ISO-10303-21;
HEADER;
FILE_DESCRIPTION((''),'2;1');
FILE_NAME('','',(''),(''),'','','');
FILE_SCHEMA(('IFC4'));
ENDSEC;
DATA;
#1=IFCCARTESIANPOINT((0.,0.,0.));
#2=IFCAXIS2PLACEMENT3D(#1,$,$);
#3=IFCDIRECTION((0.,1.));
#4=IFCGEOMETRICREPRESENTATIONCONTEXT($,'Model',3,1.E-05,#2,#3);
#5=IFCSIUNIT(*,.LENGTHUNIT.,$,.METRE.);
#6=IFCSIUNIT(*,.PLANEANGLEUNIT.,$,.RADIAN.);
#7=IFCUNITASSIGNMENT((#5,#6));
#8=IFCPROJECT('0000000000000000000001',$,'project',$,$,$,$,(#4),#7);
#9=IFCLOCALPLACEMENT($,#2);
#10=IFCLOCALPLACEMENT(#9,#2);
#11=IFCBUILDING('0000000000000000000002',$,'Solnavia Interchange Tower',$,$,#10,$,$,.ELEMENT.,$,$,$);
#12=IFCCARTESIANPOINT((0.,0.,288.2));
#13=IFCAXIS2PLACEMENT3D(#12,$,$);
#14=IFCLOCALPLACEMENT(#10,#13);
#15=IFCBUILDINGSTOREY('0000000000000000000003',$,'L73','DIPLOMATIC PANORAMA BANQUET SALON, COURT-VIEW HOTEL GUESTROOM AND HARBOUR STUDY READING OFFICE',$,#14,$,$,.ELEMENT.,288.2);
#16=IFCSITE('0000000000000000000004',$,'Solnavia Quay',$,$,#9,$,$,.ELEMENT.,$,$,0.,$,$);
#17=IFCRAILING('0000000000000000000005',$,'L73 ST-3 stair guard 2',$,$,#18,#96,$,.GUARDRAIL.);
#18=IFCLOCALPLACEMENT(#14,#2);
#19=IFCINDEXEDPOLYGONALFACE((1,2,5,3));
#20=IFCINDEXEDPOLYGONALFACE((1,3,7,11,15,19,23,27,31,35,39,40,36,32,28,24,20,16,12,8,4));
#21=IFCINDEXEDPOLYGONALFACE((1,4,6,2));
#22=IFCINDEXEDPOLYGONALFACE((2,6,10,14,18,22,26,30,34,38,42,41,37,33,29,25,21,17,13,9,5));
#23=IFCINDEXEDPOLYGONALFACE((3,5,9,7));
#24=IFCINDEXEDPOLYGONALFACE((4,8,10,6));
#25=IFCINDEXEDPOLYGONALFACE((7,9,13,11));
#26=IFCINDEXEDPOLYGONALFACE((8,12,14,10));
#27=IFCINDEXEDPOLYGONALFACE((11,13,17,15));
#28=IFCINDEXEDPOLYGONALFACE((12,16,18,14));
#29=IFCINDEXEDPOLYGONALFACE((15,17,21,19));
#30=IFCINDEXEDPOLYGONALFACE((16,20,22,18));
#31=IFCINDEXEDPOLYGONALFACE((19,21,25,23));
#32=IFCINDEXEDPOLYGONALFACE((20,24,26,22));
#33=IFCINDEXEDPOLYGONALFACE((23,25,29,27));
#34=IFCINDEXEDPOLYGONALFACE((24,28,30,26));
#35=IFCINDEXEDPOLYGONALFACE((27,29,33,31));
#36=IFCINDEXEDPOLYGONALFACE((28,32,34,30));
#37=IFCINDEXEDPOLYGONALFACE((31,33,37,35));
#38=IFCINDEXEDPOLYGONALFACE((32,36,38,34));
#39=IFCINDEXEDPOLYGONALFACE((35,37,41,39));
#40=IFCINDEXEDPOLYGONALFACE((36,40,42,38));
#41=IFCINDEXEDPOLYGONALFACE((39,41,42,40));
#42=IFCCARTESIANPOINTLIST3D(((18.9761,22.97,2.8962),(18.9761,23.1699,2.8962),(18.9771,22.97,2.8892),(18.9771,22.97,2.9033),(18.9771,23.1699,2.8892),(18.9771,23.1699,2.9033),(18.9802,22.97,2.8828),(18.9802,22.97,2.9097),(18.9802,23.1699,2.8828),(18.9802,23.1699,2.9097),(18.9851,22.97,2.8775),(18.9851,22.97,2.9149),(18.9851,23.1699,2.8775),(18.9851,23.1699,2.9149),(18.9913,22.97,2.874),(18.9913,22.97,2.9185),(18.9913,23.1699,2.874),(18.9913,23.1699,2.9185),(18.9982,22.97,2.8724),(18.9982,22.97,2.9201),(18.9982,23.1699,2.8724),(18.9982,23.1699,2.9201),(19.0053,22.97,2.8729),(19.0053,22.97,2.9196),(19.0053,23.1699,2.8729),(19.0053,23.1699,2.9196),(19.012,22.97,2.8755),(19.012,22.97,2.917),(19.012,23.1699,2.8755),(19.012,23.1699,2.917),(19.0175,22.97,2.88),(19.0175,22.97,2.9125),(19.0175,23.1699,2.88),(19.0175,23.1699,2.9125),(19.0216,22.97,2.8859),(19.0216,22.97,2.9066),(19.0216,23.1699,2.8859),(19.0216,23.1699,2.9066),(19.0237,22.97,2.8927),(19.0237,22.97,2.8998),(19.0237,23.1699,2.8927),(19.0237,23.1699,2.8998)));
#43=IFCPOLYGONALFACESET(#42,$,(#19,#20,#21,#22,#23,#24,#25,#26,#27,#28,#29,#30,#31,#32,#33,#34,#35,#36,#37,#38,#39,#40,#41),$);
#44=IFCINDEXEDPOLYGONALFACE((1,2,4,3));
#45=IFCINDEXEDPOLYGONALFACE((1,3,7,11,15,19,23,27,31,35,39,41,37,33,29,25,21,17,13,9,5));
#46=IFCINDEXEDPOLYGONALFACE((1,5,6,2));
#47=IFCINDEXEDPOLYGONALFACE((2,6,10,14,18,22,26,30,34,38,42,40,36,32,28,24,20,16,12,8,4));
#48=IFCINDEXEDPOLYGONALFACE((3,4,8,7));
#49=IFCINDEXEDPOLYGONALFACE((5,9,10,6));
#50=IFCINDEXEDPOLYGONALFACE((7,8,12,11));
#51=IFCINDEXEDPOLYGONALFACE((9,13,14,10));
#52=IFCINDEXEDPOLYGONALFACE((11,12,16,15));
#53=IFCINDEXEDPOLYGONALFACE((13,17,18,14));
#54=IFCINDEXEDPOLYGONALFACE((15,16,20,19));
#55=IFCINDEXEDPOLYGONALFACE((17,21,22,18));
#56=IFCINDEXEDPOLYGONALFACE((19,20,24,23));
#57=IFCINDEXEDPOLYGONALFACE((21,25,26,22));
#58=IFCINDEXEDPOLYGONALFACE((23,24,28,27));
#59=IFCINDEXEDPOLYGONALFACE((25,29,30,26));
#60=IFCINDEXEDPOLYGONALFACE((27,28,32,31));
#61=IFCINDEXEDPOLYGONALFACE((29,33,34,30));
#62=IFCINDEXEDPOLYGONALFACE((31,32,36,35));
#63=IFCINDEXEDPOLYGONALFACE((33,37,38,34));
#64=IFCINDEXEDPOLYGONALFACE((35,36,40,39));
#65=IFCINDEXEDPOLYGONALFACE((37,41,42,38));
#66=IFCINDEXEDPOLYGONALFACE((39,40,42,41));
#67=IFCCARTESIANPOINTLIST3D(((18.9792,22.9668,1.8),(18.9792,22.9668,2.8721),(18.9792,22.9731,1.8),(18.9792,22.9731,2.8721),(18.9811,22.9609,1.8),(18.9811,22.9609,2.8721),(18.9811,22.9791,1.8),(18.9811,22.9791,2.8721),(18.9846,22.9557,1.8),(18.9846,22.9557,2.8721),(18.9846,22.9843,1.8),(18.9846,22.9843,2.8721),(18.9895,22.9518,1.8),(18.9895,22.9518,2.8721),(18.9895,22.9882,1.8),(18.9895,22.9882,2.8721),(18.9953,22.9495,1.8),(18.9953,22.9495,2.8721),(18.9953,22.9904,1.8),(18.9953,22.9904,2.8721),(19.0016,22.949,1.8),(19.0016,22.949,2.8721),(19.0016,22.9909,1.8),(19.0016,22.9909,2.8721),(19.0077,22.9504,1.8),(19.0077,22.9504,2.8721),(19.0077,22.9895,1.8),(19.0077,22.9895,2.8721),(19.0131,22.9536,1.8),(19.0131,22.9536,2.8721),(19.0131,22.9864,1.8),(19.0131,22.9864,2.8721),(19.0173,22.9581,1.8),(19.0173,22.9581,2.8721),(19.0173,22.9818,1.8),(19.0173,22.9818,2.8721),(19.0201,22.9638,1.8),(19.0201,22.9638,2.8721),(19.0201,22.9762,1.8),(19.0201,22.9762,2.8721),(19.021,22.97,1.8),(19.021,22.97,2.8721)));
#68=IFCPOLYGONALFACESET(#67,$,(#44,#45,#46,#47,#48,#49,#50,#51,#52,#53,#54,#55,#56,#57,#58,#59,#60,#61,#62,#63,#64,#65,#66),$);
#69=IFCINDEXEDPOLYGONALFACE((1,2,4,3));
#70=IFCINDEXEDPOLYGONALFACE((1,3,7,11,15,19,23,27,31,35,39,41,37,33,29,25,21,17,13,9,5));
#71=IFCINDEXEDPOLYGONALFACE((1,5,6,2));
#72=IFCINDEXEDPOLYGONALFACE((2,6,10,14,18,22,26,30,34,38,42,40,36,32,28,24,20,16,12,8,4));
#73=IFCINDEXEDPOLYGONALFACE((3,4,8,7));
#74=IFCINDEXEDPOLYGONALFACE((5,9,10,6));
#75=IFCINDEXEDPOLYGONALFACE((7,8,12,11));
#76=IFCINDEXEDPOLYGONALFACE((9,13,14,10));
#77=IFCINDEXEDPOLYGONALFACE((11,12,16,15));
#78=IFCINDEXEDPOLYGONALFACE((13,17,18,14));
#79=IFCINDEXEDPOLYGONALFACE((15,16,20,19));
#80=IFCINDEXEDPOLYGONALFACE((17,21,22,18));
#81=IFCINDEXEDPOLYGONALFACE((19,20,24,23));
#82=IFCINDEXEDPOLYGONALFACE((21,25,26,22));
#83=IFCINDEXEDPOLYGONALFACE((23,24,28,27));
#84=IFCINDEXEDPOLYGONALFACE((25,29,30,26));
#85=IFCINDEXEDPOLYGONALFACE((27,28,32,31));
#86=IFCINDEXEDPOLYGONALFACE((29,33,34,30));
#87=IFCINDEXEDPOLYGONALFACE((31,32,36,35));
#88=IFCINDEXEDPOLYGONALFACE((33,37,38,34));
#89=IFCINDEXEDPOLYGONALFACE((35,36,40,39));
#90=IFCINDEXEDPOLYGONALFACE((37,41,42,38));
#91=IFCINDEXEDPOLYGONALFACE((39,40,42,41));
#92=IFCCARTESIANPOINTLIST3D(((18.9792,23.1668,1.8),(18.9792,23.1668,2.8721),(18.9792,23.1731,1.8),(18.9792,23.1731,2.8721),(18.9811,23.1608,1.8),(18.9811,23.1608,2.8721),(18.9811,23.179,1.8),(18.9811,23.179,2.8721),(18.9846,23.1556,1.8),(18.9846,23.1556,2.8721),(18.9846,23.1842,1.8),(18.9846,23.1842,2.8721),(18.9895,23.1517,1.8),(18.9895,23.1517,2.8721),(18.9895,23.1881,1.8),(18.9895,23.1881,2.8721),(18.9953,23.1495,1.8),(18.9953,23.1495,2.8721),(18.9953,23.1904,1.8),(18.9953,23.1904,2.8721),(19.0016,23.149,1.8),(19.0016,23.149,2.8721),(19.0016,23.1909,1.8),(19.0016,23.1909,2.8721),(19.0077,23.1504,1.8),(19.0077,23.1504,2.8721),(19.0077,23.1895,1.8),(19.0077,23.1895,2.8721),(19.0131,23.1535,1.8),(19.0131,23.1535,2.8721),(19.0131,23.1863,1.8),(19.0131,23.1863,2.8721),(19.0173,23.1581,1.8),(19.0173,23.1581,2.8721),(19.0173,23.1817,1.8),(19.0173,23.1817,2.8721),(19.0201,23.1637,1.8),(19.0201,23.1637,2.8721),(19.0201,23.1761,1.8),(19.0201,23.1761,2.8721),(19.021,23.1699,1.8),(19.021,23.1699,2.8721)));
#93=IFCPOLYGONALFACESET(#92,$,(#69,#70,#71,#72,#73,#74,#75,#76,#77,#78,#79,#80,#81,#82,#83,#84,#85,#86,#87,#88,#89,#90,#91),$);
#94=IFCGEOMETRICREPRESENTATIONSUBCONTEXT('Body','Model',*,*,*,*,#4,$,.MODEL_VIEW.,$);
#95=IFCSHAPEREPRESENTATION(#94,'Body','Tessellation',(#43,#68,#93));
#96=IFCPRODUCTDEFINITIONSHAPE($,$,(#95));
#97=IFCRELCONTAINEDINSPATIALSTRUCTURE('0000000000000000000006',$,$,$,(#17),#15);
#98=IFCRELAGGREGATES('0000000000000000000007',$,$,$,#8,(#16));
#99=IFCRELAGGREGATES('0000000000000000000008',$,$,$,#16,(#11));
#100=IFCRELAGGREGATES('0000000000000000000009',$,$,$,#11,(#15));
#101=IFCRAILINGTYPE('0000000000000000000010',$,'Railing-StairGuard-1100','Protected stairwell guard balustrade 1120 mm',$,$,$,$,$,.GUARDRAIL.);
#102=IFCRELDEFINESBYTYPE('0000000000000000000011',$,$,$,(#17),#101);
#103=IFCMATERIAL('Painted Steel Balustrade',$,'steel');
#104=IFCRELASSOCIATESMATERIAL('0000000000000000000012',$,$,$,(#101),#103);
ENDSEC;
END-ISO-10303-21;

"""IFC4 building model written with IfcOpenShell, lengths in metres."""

from ifc_helpers import new_model, si_unit, direction, frame, origin, origin_2d, place, context, subcontext, project, spatial, circle, extrude, material, type_object, element, save


model = new_model("IFC4")

# Units and contexts
model_context = context("Model", 3, precision=1e-05, world=origin(), true_north=direction((0.0, 1.0)))
body_context = subcontext(model_context, "Body", "Model", "MODEL_VIEW")
ifc_project = project(units=[si_unit("LENGTHUNIT", "METRE"), si_unit("PLANEANGLEUNIT", "RADIAN")], contexts=[model_context])

# Site, building, storey
site_placement = place(None, origin())
site = spatial("IfcSite", under=ifc_project, at=site_placement, Name="Solnavia Quay", CompositionType="ELEMENT", RefElevation=0.0)
building_placement = place(site_placement, origin())
building = spatial("IfcBuilding", under=site, at=building_placement, Name="Solnavia Interchange Tower", CompositionType="ELEMENT")
storey_placement = place(building_placement, frame((0.0, 0.0, 288.2)))
storey = spatial("IfcBuildingStorey", under=building, at=storey_placement, Name="L73", Description="DIPLOMATIC PANORAMA BANQUET SALON, COURT-VIEW HOTEL GUESTROOM AND HARBOUR STUDY READING OFFICE", CompositionType="ELEMENT", Elevation=288.2)

# Railing
ifc_material_1 = material(Name="Painted Steel Balustrade", Category="steel")
railing_type_1 = type_object("IfcRailingType", Name="Railing-StairGuard-1100", Description="Protected stairwell guard balustrade 1120 mm", PredefinedType="GUARDRAIL", material=ifc_material_1)
railing_1_placement = place(storey_placement, frame((19.0, 22.97, 1.8)))
element("IfcRailing", 1, at=railing_1_placement, inside=storey, type_object=railing_type_1, Name="L73 ST-3 stair guard 2", PredefinedType="GUARDRAIL", context=body_context, shape_type="SweptSolid", body=[
    extrude(circle(Radius=0.0239, at=origin_2d()), frame((0.0, 0.0, 1.0962), z_axis=(0.0, 1.0, 0.0), x_axis=(-1.0, 0.0, 0.0)), (0.0, 0.0, 1.0), 0.2),
    extrude(circle(Radius=0.021, at=origin_2d()), origin(), (0.0, 0.0, 1.0), 1.072),
    extrude(circle(Radius=0.021, at=origin_2d()), frame((0.0, 0.2, 0.0)), (0.0, 0.0, 1.0), 1.072),
])

save(model, "model.ifc")
